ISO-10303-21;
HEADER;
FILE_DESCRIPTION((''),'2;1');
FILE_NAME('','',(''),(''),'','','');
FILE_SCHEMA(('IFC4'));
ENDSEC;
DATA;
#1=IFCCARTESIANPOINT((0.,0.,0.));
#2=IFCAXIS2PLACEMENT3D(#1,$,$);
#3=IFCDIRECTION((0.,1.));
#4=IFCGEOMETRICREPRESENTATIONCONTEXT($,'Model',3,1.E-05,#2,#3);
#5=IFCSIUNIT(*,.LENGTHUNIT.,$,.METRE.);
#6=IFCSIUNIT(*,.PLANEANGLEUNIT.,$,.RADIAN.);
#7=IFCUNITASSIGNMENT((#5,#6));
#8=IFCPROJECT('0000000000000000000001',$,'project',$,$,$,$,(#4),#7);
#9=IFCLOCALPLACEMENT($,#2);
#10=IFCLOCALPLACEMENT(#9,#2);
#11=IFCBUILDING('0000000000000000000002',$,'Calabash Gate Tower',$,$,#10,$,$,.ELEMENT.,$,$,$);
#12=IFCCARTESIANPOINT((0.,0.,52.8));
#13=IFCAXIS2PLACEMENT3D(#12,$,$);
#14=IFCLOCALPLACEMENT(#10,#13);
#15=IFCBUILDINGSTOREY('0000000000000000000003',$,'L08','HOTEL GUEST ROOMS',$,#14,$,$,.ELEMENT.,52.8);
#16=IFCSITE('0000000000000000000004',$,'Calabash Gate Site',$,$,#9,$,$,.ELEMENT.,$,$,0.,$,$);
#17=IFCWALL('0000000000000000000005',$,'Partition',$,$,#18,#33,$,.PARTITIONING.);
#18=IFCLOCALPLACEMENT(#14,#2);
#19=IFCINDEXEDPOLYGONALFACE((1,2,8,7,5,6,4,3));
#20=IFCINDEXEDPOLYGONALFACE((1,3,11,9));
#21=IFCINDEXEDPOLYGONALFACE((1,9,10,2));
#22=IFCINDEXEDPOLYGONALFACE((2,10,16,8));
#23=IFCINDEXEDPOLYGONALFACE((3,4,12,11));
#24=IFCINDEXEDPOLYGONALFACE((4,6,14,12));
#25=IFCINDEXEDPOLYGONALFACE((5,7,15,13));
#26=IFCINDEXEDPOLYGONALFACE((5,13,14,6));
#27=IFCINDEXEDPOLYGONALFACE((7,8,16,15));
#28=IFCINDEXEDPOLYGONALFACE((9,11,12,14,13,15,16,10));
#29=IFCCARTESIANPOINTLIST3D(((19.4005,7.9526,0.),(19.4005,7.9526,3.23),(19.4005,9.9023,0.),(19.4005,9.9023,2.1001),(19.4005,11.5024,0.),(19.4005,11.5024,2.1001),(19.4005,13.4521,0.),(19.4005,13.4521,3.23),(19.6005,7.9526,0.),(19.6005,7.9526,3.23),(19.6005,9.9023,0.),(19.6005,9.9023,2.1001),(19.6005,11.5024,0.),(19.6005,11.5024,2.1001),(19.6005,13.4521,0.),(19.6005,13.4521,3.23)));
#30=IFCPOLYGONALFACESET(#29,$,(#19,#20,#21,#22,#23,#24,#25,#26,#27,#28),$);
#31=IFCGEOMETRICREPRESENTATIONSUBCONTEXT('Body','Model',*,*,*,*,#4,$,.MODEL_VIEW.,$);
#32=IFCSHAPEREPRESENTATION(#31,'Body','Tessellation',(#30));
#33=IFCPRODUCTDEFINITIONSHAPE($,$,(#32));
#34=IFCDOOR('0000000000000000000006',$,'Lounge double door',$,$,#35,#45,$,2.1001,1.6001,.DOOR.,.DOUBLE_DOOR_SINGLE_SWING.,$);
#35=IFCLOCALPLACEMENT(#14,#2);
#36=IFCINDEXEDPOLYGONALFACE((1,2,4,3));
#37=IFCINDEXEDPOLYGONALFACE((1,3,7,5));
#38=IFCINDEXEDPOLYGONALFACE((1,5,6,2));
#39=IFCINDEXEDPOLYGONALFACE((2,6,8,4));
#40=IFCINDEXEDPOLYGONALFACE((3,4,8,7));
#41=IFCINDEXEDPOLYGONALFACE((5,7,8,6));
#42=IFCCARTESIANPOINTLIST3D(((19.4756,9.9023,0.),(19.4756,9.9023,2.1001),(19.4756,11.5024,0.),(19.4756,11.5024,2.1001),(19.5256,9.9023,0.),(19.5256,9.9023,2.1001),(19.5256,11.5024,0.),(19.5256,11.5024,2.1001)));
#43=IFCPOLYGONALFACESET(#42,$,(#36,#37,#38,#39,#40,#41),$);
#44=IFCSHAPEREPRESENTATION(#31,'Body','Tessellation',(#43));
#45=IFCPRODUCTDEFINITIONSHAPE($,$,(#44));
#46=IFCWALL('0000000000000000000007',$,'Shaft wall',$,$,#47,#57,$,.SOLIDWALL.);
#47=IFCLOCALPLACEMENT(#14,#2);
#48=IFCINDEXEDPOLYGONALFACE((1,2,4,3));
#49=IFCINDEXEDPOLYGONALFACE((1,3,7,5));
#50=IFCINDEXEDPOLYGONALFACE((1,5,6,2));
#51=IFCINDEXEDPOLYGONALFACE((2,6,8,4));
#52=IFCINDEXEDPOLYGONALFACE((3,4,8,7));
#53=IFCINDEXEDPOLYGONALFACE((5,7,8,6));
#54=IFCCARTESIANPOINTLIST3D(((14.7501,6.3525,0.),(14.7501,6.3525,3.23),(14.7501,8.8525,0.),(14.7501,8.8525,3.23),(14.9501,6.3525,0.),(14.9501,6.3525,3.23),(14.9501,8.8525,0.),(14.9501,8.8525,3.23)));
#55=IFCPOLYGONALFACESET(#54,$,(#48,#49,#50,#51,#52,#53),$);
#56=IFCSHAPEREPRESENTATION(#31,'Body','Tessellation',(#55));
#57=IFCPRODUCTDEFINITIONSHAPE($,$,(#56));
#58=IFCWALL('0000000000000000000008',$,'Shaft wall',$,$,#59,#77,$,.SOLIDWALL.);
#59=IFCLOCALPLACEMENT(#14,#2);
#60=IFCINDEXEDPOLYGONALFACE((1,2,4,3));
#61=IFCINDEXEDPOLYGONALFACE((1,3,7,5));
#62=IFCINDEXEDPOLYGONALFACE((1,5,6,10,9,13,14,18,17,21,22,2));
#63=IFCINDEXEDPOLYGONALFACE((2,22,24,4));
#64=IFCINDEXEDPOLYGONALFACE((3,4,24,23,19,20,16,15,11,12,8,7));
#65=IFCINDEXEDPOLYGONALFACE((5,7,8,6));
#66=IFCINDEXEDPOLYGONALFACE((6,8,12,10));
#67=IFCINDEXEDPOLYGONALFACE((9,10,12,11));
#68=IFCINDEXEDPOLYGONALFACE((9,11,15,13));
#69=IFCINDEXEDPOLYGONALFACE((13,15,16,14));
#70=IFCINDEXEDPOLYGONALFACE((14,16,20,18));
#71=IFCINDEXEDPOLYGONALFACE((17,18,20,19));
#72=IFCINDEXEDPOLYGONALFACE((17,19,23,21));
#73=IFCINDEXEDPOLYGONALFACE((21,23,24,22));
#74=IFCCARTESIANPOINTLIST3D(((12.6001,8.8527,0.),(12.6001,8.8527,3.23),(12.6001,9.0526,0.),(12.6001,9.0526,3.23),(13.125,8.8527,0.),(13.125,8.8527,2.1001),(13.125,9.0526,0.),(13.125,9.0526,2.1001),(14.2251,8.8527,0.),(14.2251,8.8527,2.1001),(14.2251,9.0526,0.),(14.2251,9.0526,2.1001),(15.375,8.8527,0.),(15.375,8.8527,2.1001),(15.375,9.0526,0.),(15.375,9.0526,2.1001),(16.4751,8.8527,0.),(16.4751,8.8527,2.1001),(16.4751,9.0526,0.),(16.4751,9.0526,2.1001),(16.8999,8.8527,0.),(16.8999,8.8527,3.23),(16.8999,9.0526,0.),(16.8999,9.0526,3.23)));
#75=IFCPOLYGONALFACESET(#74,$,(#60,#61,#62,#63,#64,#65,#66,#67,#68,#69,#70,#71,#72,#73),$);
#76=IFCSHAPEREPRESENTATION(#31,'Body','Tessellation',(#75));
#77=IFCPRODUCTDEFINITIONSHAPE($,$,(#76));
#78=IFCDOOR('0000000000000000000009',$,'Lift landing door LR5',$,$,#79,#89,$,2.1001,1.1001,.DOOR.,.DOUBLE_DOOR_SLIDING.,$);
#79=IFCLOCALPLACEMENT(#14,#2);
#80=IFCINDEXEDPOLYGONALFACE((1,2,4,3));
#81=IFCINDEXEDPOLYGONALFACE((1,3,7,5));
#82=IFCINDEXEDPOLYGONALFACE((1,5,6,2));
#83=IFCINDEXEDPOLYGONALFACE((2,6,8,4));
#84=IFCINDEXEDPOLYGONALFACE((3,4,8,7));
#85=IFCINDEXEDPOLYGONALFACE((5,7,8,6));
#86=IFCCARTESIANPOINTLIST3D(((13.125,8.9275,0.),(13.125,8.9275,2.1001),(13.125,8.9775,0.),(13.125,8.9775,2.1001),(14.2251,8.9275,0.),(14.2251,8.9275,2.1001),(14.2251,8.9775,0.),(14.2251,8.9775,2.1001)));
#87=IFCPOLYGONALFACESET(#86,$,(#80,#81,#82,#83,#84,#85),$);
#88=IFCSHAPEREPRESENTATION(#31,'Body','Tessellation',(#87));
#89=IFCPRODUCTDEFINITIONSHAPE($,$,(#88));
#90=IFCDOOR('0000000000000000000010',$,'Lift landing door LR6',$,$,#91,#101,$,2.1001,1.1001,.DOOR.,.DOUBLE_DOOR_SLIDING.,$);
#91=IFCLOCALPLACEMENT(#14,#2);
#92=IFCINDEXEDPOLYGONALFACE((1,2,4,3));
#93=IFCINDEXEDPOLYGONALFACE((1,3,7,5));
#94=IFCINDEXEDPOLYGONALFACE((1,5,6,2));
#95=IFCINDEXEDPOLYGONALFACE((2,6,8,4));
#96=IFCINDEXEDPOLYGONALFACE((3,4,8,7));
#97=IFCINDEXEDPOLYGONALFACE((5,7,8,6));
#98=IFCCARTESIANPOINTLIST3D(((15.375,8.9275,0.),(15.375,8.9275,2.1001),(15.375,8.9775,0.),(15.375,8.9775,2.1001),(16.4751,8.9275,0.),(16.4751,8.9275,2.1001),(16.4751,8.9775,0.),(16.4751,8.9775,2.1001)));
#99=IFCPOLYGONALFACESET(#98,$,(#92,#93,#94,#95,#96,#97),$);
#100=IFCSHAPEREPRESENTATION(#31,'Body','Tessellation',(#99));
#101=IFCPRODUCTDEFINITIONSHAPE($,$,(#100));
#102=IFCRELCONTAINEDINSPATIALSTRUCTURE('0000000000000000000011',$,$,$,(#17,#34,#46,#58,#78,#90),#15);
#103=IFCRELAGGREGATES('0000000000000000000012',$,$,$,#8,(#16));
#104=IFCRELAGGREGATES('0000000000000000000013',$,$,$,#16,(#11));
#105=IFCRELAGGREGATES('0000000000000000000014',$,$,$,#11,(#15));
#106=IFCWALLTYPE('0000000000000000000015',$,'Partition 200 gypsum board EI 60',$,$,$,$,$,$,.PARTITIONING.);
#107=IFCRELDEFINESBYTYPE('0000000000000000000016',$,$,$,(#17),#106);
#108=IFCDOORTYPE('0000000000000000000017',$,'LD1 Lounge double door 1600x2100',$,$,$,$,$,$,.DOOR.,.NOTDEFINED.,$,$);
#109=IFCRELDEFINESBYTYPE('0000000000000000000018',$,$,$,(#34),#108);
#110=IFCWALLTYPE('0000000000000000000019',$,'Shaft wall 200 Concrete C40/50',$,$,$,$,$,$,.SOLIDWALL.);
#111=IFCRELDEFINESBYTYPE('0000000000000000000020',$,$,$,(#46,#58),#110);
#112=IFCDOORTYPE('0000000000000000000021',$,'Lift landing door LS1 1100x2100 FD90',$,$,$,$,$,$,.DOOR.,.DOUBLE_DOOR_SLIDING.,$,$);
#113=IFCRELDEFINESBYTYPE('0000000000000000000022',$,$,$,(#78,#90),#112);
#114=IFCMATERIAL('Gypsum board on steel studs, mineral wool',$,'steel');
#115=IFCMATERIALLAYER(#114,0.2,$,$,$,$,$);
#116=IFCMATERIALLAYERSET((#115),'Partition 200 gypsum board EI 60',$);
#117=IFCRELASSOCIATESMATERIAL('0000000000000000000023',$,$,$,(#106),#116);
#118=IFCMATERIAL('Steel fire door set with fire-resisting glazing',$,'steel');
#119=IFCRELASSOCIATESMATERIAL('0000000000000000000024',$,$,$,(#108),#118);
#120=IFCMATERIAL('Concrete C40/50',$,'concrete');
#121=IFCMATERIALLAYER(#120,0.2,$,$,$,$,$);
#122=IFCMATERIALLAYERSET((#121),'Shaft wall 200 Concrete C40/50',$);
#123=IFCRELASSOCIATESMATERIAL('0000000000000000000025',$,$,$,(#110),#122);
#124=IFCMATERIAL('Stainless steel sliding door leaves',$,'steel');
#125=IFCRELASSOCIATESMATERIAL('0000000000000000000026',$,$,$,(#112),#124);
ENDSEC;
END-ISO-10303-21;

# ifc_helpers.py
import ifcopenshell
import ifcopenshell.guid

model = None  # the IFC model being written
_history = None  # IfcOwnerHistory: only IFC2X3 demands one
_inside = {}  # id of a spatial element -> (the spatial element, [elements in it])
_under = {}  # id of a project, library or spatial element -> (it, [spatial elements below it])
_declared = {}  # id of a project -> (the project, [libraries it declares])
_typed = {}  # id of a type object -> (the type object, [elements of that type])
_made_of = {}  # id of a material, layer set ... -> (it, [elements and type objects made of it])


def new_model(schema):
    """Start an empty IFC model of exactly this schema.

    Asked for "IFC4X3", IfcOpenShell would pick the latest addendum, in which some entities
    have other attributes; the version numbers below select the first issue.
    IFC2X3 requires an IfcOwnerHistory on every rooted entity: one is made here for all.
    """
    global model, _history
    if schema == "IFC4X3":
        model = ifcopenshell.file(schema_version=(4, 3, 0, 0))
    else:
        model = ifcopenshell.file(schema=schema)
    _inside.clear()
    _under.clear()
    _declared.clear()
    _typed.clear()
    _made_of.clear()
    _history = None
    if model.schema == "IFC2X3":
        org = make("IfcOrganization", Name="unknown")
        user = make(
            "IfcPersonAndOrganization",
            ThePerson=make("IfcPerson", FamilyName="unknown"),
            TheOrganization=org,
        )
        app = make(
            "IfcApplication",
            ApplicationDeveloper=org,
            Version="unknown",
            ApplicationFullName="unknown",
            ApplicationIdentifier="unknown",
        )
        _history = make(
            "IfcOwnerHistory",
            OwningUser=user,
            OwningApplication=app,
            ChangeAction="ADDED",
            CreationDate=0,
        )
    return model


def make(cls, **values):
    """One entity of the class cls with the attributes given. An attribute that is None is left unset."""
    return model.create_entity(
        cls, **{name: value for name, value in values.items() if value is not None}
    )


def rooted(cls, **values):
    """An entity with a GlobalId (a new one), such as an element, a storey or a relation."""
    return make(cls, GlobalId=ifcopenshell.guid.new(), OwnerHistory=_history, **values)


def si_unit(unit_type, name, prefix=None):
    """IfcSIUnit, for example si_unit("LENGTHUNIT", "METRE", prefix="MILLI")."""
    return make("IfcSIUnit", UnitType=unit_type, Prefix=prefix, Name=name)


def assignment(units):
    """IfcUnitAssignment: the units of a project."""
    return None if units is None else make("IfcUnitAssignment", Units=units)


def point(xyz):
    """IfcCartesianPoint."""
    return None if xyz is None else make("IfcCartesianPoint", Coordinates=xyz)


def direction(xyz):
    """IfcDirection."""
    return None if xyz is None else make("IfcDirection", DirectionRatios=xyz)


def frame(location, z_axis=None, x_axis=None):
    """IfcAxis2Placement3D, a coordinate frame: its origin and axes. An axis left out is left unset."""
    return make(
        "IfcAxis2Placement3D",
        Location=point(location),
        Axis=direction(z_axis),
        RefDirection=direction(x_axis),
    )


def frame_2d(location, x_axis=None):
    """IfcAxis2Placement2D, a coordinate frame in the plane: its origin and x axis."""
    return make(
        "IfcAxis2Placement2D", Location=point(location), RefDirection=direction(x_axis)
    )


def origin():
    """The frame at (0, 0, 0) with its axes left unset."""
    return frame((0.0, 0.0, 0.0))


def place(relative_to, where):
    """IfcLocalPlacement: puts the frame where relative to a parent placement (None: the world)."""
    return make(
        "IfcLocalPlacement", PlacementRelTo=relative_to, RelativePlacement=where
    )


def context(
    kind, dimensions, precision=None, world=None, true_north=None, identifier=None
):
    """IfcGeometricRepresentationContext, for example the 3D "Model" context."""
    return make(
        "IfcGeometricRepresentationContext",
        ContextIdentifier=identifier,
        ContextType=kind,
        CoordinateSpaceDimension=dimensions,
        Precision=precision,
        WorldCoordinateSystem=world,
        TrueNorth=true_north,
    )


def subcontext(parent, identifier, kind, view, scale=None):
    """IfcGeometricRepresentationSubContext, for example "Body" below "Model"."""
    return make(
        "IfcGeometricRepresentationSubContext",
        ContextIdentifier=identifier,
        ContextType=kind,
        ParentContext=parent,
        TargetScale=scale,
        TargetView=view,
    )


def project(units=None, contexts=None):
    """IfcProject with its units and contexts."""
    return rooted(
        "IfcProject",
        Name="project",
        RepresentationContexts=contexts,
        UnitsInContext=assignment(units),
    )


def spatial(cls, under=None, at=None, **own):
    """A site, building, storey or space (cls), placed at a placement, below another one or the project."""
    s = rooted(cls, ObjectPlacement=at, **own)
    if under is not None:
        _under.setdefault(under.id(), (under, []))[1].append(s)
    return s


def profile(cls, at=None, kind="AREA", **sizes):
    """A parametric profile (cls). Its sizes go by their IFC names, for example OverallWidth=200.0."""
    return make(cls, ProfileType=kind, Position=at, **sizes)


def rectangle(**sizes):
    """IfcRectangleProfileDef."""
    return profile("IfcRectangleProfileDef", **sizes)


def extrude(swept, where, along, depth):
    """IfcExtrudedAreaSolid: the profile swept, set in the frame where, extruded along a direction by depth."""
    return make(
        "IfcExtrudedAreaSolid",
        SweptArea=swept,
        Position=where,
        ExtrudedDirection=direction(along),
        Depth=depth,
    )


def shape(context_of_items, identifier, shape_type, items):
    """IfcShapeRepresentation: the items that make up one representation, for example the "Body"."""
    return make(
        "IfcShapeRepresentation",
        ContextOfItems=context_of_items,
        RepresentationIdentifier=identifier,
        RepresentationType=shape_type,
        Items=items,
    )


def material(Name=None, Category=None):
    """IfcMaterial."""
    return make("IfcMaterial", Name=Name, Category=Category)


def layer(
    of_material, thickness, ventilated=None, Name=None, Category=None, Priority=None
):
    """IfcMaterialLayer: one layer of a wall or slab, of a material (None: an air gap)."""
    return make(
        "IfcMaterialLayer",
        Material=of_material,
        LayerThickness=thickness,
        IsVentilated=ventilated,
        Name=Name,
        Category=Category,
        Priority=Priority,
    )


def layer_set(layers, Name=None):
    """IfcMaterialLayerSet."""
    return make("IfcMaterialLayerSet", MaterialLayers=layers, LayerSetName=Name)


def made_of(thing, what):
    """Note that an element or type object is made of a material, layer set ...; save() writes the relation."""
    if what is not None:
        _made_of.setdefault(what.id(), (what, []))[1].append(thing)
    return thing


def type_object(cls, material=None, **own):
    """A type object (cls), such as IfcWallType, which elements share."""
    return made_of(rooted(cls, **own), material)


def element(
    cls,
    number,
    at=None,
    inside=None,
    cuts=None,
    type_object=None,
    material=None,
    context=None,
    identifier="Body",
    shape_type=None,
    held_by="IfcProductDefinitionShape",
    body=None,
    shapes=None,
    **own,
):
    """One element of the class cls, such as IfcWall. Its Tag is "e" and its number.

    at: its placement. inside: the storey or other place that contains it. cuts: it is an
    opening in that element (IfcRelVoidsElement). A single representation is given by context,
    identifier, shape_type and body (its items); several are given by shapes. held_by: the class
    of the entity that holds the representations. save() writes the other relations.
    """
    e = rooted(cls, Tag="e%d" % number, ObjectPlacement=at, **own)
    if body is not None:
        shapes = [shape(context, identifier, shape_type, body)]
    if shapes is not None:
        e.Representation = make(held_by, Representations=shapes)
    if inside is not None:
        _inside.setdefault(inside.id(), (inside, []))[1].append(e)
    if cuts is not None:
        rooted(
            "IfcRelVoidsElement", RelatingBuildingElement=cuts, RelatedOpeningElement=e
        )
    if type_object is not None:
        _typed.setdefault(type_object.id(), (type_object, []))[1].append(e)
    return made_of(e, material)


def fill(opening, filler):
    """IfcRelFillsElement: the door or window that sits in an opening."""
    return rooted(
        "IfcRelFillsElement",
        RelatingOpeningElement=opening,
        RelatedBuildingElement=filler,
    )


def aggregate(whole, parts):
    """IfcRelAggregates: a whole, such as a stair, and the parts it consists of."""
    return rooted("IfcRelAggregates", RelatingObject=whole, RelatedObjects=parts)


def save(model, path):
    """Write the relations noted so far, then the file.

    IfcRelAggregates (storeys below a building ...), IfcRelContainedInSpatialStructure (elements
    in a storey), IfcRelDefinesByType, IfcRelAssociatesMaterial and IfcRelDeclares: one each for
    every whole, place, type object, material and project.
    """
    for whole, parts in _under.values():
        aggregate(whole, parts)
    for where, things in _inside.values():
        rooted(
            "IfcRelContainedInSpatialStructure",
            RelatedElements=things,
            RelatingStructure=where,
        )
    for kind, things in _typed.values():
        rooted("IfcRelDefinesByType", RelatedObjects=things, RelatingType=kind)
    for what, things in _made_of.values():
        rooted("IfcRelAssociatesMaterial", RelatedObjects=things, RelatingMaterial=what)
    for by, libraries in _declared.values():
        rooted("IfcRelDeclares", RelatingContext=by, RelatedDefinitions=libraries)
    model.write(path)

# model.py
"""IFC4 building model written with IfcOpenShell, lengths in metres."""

from ifc_helpers import new_model, si_unit, direction, frame, frame_2d, origin, place, context, subcontext, project, spatial, rectangle, extrude, material, layer, layer_set, type_object, element, fill, save


model = new_model("IFC4")

# Units and contexts
model_context = context("Model", 3, precision=1e-05, world=origin(), true_north=direction((0.0, 1.0)))
body_context = subcontext(model_context, "Body", "Model", "MODEL_VIEW")
ifc_project = project(units=[si_unit("LENGTHUNIT", "METRE"), si_unit("PLANEANGLEUNIT", "RADIAN")], contexts=[model_context])

# Site, building, storey
site_placement = place(None, origin())
site = spatial("IfcSite", under=ifc_project, at=site_placement, Name="Calabash Gate Site", CompositionType="ELEMENT", RefElevation=0.0)
building_placement = place(site_placement, origin())
building = spatial("IfcBuilding", under=site, at=building_placement, Name="Calabash Gate Tower", CompositionType="ELEMENT")
storey_placement = place(building_placement, frame((0.0, 0.0, 52.8)))
storey = spatial("IfcBuildingStorey", under=building, at=storey_placement, Name="L08", Description="HOTEL GUEST ROOMS", CompositionType="ELEMENT", Elevation=52.8)

# Shared definitions
ifc_material_1 = material(Name="Gypsum board on steel studs, mineral wool", Category="steel")
ifc_layer_1 = layer(ifc_material_1, 0.2)
ifc_layer_set_1 = layer_set([ifc_layer_1], Name="Partition 200 gypsum board EI 60")
wall_type_1 = type_object("IfcWallType", Name="Partition 200 gypsum board EI 60", PredefinedType="PARTITIONING", material=ifc_layer_set_1)

# Wall, opening, door
wall_1_placement = place(storey_placement, frame((19.5005, 7.9526, 0.0), z_axis=(0.0, 0.0, 1.0), x_axis=(0.0, 1.0, 0.0)))
wall_1 = element("IfcWall", 1, at=wall_1_placement, inside=storey, type_object=wall_type_1, Name="Partition", PredefinedType="PARTITIONING", context=body_context, shape_type="SweptSolid", body=[
    extrude(rectangle(XDim=5.4995, YDim=0.2, at=frame_2d((2.7498, 0.0))), origin(), (0.0, 0.0, 1.0), 3.23),
])
opening_1_placement = place(wall_1_placement, frame((1.9497, 0.0, 0.0)))
opening_1 = element("IfcOpeningElement", 2, at=opening_1_placement, cuts=wall_1, PredefinedType="OPENING", context=body_context, shape_type="SweptSolid", body=[
    extrude(rectangle(XDim=1.6001, YDim=2.1001, at=frame_2d((0.8, 1.05))), frame((0.0, 0.1099, 0.0), z_axis=(0.0, -1.0, 0.0), x_axis=(1.0, 0.0, 0.0)), (0.0, 0.0, 1.0), 0.22),
])
ifc_material_2 = material(Name="Steel fire door set with fire-resisting glazing", Category="steel")
door_type_1 = type_object("IfcDoorType", Name="LD1 Lounge double door 1600x2100", OperationType="NOTDEFINED", PredefinedType="DOOR", material=ifc_material_2)
door_1_placement = place(opening_1_placement, origin())
door_1 = element("IfcDoor", 3, at=door_1_placement, inside=storey, type_object=door_type_1, Name="Lounge double door", OperationType="DOUBLE_DOOR_SINGLE_SWING", OverallHeight=2.1001, OverallWidth=1.6001, PredefinedType="DOOR", context=body_context, shape_type="SweptSolid", body=[
    extrude(rectangle(XDim=1.6001, YDim=2.1001, at=frame_2d((0.8, 1.05))), frame((0.0, 0.0249, 0.0), z_axis=(0.0, -1.0, 0.0), x_axis=(1.0, 0.0, 0.0)), (0.0, 0.0, 1.0), 0.05),
])
fill(opening_1, door_1)

# Wall
ifc_material_3 = material(Name="Concrete C40/50", Category="concrete")
ifc_layer_2 = layer(ifc_material_3, 0.2)
ifc_layer_set_2 = layer_set([ifc_layer_2], Name="Shaft wall 200 Concrete C40/50")
wall_type_2 = type_object("IfcWallType", Name="Shaft wall 200 Concrete C40/50", PredefinedType="SOLIDWALL", material=ifc_layer_set_2)
wall_2_placement = place(storey_placement, frame((14.8501, 6.3525, 0.0), z_axis=(0.0, 0.0, 1.0), x_axis=(0.0, 1.0, 0.0)))
element("IfcWall", 4, at=wall_2_placement, inside=storey, type_object=wall_type_2, Name="Shaft wall", PredefinedType="SOLIDWALL", context=body_context, shape_type="SweptSolid", body=[
    extrude(rectangle(XDim=2.5, YDim=0.2, at=frame_2d((1.25, 0.0))), origin(), (0.0, 0.0, 1.0), 3.23),
])

# Wall, openings, doors
wall_3_placement = place(storey_placement, frame((12.6001, 8.9526, 0.0), z_axis=(0.0, 0.0, 1.0), x_axis=(1.0, 0.0, 0.0)))
wall_3 = element("IfcWall", 5, at=wall_3_placement, inside=storey, type_object=wall_type_2, Name="Shaft wall", PredefinedType="SOLIDWALL", context=body_context, shape_type="SweptSolid", body=[
    extrude(rectangle(XDim=4.2998, YDim=0.2, at=frame_2d((2.1499, 0.0))), origin(), (0.0, 0.0, 1.0), 3.23),
])
opening_2_placement = place(wall_3_placement, frame((0.5249, 0.0, 0.0)))
opening_2 = element("IfcOpeningElement", 6, at=opening_2_placement, cuts=wall_3, PredefinedType="OPENING", context=body_context, shape_type="SweptSolid", body=[
    extrude(rectangle(XDim=1.1001, YDim=2.1001, at=frame_2d((0.55, 1.05))), frame((0.0, 0.1099, 0.0), z_axis=(0.0, -1.0, 0.0), x_axis=(1.0, 0.0, 0.0)), (0.0, 0.0, 1.0), 0.22),
])
opening_3_placement = place(wall_3_placement, frame((2.7749, 0.0, 0.0)))
opening_3 = element("IfcOpeningElement", 7, at=opening_3_placement, cuts=wall_3, PredefinedType="OPENING", context=body_context, shape_type="SweptSolid", body=[
    extrude(rectangle(XDim=1.1001, YDim=2.1001, at=frame_2d((0.55, 1.05))), frame((0.0, 0.1099, 0.0), z_axis=(0.0, -1.0, 0.0), x_axis=(1.0, 0.0, 0.0)), (0.0, 0.0, 1.0), 0.22),
])
ifc_material_4 = material(Name="Stainless steel sliding door leaves", Category="steel")
door_type_2 = type_object("IfcDoorType", Name="Lift landing door LS1 1100x2100 FD90", OperationType="DOUBLE_DOOR_SLIDING", PredefinedType="DOOR", material=ifc_material_4)
door_2_placement = place(opening_2_placement, origin())
door_2 = element("IfcDoor", 8, at=door_2_placement, inside=storey, type_object=door_type_2, Name="Lift landing door LR5", OperationType="DOUBLE_DOOR_SLIDING", OverallHeight=2.1001, OverallWidth=1.1001, PredefinedType="DOOR", context=body_context, shape_type="SweptSolid", body=[
    extrude(rectangle(XDim=1.1001, YDim=2.1001, at=frame_2d((0.55, 1.05))), frame((0.0, 0.0249, 0.0), z_axis=(0.0, -1.0, 0.0), x_axis=(1.0, 0.0, 0.0)), (0.0, 0.0, 1.0), 0.05),
])
fill(opening_2, door_2)
door_3_placement = place(opening_3_placement, origin())
door_3 = element("IfcDoor", 9, at=door_3_placement, inside=storey, type_object=door_type_2, Name="Lift landing door LR6", OperationType="DOUBLE_DOOR_SLIDING", OverallHeight=2.1001, OverallWidth=1.1001, PredefinedType="DOOR", context=body_context, shape_type="SweptSolid", body=[
    extrude(rectangle(XDim=1.1001, YDim=2.1001, at=frame_2d((0.55, 1.05))), frame((0.0, 0.0249, 0.0), z_axis=(0.0, -1.0, 0.0), x_axis=(1.0, 0.0, 0.0)), (0.0, 0.0, 1.0), 0.05),
])
fill(opening_3, door_3)

save(model, "model.ifc")
